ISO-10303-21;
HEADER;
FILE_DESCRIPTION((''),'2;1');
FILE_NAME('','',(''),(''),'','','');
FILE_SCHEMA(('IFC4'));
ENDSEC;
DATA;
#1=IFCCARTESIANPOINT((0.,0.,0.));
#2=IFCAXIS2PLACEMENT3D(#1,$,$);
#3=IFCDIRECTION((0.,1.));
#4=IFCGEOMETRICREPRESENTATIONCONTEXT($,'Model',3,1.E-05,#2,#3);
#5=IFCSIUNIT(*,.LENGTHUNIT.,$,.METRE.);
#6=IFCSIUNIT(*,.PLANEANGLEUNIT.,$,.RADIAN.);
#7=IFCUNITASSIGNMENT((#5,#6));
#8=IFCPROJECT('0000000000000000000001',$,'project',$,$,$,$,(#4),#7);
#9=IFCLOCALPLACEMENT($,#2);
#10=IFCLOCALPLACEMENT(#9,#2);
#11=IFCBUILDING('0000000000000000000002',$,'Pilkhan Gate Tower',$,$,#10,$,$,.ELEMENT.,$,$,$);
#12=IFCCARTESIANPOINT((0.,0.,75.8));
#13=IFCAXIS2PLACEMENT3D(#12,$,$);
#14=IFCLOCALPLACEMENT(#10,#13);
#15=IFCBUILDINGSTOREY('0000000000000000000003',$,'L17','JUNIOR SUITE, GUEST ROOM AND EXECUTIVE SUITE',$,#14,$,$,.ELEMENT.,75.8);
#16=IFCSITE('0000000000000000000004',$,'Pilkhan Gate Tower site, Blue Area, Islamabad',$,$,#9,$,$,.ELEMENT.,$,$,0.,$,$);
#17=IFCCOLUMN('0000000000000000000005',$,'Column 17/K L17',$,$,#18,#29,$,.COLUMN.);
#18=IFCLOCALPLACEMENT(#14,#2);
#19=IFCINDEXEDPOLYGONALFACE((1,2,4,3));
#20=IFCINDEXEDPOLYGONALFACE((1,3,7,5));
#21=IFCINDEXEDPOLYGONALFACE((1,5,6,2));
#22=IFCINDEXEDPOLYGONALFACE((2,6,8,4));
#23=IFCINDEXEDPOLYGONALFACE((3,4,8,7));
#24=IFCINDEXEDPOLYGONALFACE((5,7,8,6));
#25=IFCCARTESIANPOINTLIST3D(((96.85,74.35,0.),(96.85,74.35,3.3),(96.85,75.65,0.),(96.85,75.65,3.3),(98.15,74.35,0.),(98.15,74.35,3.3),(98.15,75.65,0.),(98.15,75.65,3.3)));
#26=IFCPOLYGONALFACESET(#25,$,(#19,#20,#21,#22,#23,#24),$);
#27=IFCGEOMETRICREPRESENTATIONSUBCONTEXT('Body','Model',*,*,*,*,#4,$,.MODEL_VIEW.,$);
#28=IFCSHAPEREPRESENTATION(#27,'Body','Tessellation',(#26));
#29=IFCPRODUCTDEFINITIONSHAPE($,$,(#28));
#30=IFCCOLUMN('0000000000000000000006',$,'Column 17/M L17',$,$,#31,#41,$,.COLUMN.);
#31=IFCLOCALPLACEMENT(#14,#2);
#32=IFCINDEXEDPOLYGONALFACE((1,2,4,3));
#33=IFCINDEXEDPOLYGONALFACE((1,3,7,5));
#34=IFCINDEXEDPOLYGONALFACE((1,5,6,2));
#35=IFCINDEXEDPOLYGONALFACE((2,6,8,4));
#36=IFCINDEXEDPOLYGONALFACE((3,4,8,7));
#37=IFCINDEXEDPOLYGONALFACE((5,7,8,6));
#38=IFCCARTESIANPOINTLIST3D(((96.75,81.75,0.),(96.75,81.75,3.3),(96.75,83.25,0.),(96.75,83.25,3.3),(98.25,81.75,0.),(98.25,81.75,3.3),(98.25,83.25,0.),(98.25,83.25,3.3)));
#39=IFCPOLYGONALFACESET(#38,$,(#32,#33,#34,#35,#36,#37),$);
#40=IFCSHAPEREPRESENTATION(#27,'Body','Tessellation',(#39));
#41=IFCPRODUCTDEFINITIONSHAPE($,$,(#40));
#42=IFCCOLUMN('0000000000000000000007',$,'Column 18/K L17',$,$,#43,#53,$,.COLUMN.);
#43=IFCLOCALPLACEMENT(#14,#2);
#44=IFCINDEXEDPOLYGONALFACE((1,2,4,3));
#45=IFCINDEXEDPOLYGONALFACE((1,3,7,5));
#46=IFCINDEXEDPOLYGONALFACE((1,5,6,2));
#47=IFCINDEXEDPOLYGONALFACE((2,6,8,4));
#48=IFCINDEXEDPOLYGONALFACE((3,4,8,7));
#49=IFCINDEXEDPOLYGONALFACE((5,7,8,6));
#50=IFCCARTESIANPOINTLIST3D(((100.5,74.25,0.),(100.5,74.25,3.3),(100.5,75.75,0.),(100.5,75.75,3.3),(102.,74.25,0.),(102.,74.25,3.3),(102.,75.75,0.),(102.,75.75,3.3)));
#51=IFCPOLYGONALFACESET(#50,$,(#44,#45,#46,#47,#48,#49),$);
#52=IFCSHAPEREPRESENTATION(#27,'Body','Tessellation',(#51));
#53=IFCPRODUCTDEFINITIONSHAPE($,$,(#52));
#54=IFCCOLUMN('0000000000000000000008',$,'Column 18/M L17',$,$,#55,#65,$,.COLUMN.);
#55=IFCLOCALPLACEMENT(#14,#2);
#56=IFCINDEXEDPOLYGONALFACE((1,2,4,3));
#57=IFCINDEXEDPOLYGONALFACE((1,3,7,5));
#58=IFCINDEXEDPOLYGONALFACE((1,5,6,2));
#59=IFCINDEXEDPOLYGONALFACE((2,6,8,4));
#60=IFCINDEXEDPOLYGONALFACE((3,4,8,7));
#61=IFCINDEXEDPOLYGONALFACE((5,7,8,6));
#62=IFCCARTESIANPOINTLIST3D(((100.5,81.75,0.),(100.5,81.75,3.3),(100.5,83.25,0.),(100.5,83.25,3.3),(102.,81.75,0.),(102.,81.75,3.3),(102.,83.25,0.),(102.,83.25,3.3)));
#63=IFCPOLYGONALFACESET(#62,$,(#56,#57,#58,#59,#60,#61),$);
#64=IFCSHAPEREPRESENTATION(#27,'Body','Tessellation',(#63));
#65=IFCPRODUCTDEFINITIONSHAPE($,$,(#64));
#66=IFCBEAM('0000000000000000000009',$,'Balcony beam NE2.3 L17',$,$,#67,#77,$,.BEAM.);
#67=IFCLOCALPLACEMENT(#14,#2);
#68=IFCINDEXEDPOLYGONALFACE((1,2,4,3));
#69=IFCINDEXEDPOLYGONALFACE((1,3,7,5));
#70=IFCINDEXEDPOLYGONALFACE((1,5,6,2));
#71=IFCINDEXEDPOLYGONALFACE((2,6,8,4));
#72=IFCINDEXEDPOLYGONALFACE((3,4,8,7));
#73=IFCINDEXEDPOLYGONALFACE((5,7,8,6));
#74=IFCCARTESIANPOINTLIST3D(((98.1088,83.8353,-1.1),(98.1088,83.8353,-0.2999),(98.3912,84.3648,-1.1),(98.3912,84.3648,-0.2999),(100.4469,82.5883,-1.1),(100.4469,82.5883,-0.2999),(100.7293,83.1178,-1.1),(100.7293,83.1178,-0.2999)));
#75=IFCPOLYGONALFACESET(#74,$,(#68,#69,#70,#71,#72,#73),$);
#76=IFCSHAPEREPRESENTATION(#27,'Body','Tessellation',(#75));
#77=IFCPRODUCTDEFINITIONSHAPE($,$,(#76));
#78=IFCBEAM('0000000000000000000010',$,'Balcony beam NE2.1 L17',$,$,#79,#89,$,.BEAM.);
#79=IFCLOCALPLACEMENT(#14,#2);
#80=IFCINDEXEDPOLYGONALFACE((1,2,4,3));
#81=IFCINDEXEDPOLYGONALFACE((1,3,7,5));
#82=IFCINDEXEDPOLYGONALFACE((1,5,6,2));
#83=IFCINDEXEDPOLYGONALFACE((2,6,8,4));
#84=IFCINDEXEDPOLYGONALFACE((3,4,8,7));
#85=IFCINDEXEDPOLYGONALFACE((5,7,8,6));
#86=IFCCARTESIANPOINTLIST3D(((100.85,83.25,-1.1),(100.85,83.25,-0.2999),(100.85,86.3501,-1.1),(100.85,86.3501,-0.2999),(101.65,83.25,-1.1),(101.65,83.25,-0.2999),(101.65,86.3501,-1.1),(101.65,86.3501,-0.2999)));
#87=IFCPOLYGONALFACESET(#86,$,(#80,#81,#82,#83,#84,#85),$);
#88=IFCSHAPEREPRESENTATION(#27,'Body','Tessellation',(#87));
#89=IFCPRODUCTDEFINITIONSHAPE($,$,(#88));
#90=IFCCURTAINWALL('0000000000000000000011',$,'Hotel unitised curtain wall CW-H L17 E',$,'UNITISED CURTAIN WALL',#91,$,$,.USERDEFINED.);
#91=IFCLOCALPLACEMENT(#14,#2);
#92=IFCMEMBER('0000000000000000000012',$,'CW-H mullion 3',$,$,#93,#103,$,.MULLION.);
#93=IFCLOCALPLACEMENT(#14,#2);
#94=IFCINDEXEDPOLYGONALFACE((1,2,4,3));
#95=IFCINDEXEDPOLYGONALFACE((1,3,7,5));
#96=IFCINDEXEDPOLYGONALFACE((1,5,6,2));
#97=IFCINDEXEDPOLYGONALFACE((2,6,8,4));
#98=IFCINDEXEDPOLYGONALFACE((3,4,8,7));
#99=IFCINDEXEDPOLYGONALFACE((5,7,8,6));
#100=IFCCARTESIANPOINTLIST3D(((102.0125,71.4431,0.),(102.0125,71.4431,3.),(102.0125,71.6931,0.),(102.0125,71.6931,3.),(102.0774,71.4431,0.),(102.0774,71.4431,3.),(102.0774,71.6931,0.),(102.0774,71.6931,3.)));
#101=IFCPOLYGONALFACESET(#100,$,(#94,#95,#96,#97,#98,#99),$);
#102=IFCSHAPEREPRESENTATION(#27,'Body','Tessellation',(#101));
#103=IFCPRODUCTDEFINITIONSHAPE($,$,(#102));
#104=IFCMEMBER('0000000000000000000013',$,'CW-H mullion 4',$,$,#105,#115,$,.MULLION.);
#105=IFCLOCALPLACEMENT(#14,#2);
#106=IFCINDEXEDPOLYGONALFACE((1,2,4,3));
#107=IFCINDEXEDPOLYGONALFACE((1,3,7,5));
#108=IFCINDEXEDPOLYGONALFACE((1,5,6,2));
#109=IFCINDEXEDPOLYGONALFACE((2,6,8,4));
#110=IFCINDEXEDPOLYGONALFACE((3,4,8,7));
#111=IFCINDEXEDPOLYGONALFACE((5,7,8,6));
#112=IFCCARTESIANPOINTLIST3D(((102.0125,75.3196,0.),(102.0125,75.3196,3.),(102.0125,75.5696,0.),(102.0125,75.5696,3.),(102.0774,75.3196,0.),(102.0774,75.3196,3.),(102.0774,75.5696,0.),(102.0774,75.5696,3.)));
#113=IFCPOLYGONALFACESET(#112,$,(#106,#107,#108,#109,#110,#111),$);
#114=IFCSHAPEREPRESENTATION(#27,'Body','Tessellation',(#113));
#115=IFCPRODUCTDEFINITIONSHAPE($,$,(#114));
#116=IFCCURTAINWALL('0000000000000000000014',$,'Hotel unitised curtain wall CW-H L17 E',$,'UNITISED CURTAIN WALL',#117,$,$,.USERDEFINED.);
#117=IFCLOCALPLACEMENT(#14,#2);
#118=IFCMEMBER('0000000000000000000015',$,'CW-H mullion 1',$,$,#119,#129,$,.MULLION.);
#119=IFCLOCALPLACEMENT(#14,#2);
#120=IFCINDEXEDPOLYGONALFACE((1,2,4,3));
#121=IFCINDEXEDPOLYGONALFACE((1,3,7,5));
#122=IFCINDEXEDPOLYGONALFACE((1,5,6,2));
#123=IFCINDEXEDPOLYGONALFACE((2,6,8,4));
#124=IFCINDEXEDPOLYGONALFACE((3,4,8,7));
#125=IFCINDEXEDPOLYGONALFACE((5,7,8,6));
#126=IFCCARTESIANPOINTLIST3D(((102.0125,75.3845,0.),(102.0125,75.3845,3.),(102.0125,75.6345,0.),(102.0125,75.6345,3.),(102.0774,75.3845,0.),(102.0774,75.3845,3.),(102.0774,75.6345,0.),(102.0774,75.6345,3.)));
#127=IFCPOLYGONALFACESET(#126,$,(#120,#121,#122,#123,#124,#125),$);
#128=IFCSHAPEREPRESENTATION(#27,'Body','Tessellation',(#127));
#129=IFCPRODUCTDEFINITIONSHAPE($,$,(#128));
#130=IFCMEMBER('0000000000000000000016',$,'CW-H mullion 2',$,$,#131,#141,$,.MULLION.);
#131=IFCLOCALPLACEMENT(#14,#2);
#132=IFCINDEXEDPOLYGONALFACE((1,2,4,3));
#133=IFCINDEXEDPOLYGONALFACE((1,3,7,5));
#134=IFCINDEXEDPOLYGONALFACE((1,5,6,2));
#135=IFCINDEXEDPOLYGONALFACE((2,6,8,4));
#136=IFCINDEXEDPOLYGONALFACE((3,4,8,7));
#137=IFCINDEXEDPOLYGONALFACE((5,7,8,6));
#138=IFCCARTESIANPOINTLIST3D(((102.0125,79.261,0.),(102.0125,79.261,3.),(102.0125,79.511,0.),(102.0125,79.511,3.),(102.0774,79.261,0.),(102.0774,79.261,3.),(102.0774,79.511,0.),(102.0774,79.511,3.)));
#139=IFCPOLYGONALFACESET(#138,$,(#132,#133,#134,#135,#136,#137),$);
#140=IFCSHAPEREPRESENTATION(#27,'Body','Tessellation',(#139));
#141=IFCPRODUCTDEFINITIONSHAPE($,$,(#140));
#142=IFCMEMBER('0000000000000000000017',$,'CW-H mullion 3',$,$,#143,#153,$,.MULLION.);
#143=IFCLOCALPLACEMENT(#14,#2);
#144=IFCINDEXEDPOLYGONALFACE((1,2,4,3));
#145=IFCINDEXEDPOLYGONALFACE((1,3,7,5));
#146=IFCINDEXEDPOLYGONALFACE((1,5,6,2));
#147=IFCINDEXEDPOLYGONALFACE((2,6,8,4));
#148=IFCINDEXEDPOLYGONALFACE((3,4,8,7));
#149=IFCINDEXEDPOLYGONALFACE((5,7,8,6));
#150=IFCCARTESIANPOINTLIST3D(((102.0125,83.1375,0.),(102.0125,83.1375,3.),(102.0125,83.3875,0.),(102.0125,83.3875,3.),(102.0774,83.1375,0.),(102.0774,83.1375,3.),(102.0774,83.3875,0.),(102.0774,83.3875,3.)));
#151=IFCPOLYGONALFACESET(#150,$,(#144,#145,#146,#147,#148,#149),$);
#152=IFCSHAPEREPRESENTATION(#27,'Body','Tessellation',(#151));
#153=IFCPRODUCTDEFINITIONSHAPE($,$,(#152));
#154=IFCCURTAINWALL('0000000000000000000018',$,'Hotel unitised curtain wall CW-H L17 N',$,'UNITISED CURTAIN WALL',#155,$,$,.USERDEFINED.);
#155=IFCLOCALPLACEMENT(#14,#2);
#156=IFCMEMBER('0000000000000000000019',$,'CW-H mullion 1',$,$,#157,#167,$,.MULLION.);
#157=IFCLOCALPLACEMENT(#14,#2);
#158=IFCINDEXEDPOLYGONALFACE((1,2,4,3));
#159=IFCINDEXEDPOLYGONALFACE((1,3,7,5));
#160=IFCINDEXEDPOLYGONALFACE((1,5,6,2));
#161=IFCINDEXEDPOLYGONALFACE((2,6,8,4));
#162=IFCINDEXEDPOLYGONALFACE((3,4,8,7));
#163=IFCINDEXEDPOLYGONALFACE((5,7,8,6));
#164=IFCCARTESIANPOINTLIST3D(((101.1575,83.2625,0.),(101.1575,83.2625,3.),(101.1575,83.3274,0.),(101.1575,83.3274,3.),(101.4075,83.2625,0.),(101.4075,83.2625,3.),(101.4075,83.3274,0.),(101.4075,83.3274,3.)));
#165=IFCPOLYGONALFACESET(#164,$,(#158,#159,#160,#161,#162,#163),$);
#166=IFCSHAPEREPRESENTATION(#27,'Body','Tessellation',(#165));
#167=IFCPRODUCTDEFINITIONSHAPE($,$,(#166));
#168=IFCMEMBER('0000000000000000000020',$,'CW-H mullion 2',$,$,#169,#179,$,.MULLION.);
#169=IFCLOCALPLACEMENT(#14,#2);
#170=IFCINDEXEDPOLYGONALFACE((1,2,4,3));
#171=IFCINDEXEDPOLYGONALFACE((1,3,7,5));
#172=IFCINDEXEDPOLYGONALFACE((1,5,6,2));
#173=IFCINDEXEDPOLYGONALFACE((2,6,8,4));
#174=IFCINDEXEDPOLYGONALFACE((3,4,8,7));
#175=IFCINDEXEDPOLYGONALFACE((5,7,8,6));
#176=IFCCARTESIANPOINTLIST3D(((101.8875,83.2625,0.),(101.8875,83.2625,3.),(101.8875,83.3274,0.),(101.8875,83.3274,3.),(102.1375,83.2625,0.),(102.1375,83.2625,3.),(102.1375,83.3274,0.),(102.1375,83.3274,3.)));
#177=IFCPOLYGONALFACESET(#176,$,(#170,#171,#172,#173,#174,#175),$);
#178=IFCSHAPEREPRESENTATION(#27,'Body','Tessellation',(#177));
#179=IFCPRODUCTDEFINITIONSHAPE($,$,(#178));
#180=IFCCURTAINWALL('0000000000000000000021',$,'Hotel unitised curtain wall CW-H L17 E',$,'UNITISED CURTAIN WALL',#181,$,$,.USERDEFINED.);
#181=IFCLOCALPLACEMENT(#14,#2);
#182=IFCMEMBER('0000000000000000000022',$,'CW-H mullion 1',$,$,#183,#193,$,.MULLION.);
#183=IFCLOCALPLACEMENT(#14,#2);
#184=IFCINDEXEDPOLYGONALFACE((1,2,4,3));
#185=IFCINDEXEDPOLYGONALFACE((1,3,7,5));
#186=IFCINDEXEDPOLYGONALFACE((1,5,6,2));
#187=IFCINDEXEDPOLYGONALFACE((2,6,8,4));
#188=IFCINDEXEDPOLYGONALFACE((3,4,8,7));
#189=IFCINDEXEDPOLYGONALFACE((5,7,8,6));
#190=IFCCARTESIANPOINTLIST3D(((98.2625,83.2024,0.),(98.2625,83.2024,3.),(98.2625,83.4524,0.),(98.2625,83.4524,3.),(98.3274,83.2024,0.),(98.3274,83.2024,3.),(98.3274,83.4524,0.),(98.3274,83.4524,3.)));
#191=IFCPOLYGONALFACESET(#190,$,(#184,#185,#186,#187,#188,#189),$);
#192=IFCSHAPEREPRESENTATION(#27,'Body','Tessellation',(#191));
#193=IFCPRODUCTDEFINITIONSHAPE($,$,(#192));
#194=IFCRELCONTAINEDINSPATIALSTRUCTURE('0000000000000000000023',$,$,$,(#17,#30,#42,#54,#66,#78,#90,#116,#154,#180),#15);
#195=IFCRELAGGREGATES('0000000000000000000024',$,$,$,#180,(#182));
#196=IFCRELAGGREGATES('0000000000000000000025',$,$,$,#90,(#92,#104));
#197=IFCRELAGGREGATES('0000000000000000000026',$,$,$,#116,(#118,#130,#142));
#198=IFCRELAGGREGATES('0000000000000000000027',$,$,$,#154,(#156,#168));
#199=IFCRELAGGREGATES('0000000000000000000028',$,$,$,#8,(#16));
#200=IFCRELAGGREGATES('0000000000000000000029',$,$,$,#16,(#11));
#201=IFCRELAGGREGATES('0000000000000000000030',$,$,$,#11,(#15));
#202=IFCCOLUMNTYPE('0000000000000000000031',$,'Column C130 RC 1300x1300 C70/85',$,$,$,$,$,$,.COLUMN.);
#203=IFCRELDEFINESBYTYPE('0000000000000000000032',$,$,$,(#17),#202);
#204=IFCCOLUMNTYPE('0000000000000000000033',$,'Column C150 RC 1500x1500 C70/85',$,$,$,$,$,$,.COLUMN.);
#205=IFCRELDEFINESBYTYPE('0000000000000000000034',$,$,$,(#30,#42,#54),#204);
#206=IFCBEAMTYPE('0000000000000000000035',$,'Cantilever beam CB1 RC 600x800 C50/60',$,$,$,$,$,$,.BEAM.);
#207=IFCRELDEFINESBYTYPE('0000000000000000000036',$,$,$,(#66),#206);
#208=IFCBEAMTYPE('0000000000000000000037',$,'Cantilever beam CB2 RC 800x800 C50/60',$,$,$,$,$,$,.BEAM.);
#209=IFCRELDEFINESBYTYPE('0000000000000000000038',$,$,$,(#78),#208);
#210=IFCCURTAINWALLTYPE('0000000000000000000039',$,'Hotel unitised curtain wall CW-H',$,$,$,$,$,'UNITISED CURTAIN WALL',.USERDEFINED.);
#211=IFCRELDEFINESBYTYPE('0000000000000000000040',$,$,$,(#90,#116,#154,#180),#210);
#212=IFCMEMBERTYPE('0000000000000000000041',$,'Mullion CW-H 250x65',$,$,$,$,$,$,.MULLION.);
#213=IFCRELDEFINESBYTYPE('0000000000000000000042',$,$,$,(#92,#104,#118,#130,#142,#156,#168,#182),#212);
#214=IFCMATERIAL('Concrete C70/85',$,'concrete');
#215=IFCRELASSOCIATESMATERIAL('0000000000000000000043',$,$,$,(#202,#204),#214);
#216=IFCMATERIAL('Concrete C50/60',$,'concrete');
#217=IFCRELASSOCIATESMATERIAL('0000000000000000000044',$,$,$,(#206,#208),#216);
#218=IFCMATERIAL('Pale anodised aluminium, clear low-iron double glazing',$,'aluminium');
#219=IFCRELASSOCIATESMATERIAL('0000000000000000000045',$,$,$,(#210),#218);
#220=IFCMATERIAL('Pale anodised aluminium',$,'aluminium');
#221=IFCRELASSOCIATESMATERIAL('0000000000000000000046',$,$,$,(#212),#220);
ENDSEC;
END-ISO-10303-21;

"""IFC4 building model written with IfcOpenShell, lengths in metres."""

from ifc_helpers import new_model, si_unit, direction, frame, origin, origin_2d, place, context, subcontext, project, spatial, rectangle, extrude, material, material_profile, profile_set, type_object, element, aggregate, save


model = new_model("IFC4")

# Units and contexts
model_context = context("Model", 3, precision=1e-05, world=origin(), true_north=direction((0.0, 1.0)))
body_context = subcontext(model_context, "Body", "Model", "MODEL_VIEW")
ifc_project = project(units=[si_unit("LENGTHUNIT", "METRE"), si_unit("PLANEANGLEUNIT", "RADIAN")], contexts=[model_context])

# Site, building, storey
site_placement = place(None, origin())
site = spatial("IfcSite", under=ifc_project, at=site_placement, Name="Pilkhan Gate Tower site, Blue Area, Islamabad", CompositionType="ELEMENT", RefElevation=0.0)
building_placement = place(site_placement, origin())
building = spatial("IfcBuilding", under=site, at=building_placement, Name="Pilkhan Gate Tower", CompositionType="ELEMENT")
storey_placement = place(building_placement, frame((0.0, 0.0, 75.8)))
storey = spatial("IfcBuildingStorey", under=building, at=storey_placement, Name="L17", Description="JUNIOR SUITE, GUEST ROOM AND EXECUTIVE SUITE", CompositionType="ELEMENT", Elevation=75.8)

# Columns
ifc_material_1 = material(Name="Concrete C70/85", Category="concrete")
ifc_material_profile_1 = material_profile(ifc_material_1, rectangle(XDim=1.3, YDim=1.3, at=origin_2d()), Name="RC 1300x1300")
ifc_profile_set_1 = profile_set([ifc_material_profile_1], Name="Concrete C70/85")
column_type_1 = type_object("IfcColumnType", Name="Column C130 RC 1300x1300 C70/85", PredefinedType="COLUMN", material=ifc_profile_set_1)
column_placement = place(storey_placement, frame((97.5, 75.0, 0.0), z_axis=(0.0, 0.0, 1.0), x_axis=(1.0, 0.0, 0.0)))
element("IfcColumn", 1, at=column_placement, inside=storey, type_object=column_type_1, Name="Column 17/K L17", PredefinedType="COLUMN", context=body_context, shape_type="SweptSolid", body=[
    extrude(rectangle(XDim=1.3, YDim=1.3, at=origin_2d()), origin(), (0.0, 0.0, 1.0), 3.3),
])
ifc_material_profile_2 = material_profile(ifc_material_1, rectangle(XDim=1.5, YDim=1.5, at=origin_2d()), Name="RC 1500x1500")
ifc_profile_set_2 = profile_set([ifc_material_profile_2], Name="Concrete C70/85")
column_type_2 = type_object("IfcColumnType", Name="Column C150 RC 1500x1500 C70/85", PredefinedType="COLUMN", material=ifc_profile_set_2)
for number, where, z_axis, x_axis, name in (
    (2, (97.5, 82.5, 0.0), (0.0, 0.0, 1.0), (1.0, 0.0, 0.0), "Column 17/M L17"),
    (3, (101.25, 75.0, 0.0), (0.0, 0.0, 1.0), (1.0, 0.0, 0.0), "Column 18/K L17"),
    (4, (101.25, 82.5, 0.0), (0.0, 0.0, 1.0), (1.0, 0.0, 0.0), "Column 18/M L17"),
):
    element("IfcColumn", number, at=place(storey_placement, frame(where, z_axis=z_axis, x_axis=x_axis)), inside=storey, type_object=column_type_2, Name=name, PredefinedType="COLUMN", context=body_context, shape_type="SweptSolid", body=[
        extrude(rectangle(XDim=1.5, YDim=1.5, at=origin_2d()), origin(), (0.0, 0.0, 1.0), 3.3),
    ])

# Beams
ifc_material_2 = material(Name="Concrete C50/60", Category="concrete")
ifc_material_profile_3 = material_profile(ifc_material_2, rectangle(XDim=0.6001, YDim=0.8, at=origin_2d()), Name="RC 600x800")
ifc_profile_set_3 = profile_set([ifc_material_profile_3], Name="Concrete C50/60")
beam_type_1 = type_object("IfcBeamType", Name="Cantilever beam CB1 RC 600x800 C50/60", PredefinedType="BEAM", material=ifc_profile_set_3)
beam_1_placement = place(storey_placement, frame((100.5881, 82.853, -0.7), z_axis=(-0.882343, 0.470607, 0.0), x_axis=(-0.470607, -0.882343, 0.0)))
element("IfcBeam", 5, at=beam_1_placement, inside=storey, type_object=beam_type_1, Name="Balcony beam NE2.3 L17", PredefinedType="BEAM", context=body_context, shape_type="SweptSolid", body=[
    extrude(rectangle(XDim=0.6001, YDim=0.8, at=origin_2d()), origin(), (0.0, 0.0, 1.0), 2.6499),
])
ifc_material_profile_4 = material_profile(ifc_material_2, rectangle(XDim=0.8, YDim=0.8, at=origin_2d()), Name="RC 800x800")
ifc_profile_set_4 = profile_set([ifc_material_profile_4], Name="Concrete C50/60")
beam_type_2 = type_object("IfcBeamType", Name="Cantilever beam CB2 RC 800x800 C50/60", PredefinedType="BEAM", material=ifc_profile_set_4)
beam_2_placement = place(storey_placement, frame((101.25, 83.25, -0.7), z_axis=(0.0, 1.0, 0.0), x_axis=(-1.0, 0.0, 0.0)))
element("IfcBeam", 6, at=beam_2_placement, inside=storey, type_object=beam_type_2, Name="Balcony beam NE2.1 L17", PredefinedType="BEAM", context=body_context, shape_type="SweptSolid", body=[
    extrude(rectangle(XDim=0.8, YDim=0.8, at=origin_2d()), origin(), (0.0, 0.0, 1.0), 3.1001),
])

# Curtain walls, members
ifc_material_3 = material(Name="Pale anodised aluminium, clear low-iron double glazing", Category="aluminium")
curtain_wall_type = type_object("IfcCurtainWallType", Name="Hotel unitised curtain wall CW-H", ElementType="UNITISED CURTAIN WALL", PredefinedType="USERDEFINED", material=ifc_material_3)
curtain_wall_1_placement = place(storey_placement, origin())
curtain_wall_1 = element("IfcCurtainWall", 7, at=curtain_wall_1_placement, inside=storey, type_object=curtain_wall_type, Name="Hotel unitised curtain wall CW-H L17 E", ObjectType="UNITISED CURTAIN WALL", PredefinedType="USERDEFINED")
ifc_material_4 = material(Name="Pale anodised aluminium", Category="aluminium")
ifc_material_profile_5 = material_profile(ifc_material_4, rectangle(XDim=0.0649, YDim=0.25, at=origin_2d()), Name="Mullion 250x65")
ifc_profile_set_5 = profile_set([ifc_material_profile_5], Name="Pale anodised aluminium")
member_type_1 = type_object("IfcMemberType", Name="Mullion CW-H 250x65", PredefinedType="MULLION", material=ifc_profile_set_5)
member_1_placement = place(storey_placement, frame((102.0449, 71.5681, 0.0), z_axis=(0.0, 0.0, 1.0), x_axis=(-1.0, 0.0, 0.0)))
member_1 = element("IfcMember", 8, at=member_1_placement, type_object=member_type_1, Name="CW-H mullion 3", PredefinedType="MULLION", context=body_context, shape_type="SweptSolid", body=[
    extrude(rectangle(XDim=0.0649, YDim=0.25, at=origin_2d()), origin(), (0.0, 0.0, 1.0), 3.0),
])
member_2_placement = place(storey_placement, frame((102.0449, 75.4446, 0.0), z_axis=(0.0, 0.0, 1.0), x_axis=(-1.0, 0.0, 0.0)))
member_2 = element("IfcMember", 9, at=member_2_placement, type_object=member_type_1, Name="CW-H mullion 4", PredefinedType="MULLION", context=body_context, shape_type="SweptSolid", body=[
    extrude(rectangle(XDim=0.0649, YDim=0.25, at=origin_2d()), origin(), (0.0, 0.0, 1.0), 3.0),
])
curtain_wall_2_placement = place(storey_placement, origin())
curtain_wall_2 = element("IfcCurtainWall", 10, at=curtain_wall_2_placement, inside=storey, type_object=curtain_wall_type, Name="Hotel unitised curtain wall CW-H L17 E", ObjectType="UNITISED CURTAIN WALL", PredefinedType="USERDEFINED")
member_3_placement = place(storey_placement, frame((102.0449, 75.5095, 0.0), z_axis=(0.0, 0.0, 1.0), x_axis=(-1.0, 0.0, 0.0)))
member_3 = element("IfcMember", 11, at=member_3_placement, type_object=member_type_1, Name="CW-H mullion 1", PredefinedType="MULLION", context=body_context, shape_type="SweptSolid", body=[
    extrude(rectangle(XDim=0.0649, YDim=0.25, at=origin_2d()), origin(), (0.0, 0.0, 1.0), 3.0),
])
member_4_placement = place(storey_placement, frame((102.0449, 79.386, 0.0), z_axis=(0.0, 0.0, 1.0), x_axis=(-1.0, 0.0, 0.0)))
member_4 = element("IfcMember", 12, at=member_4_placement, type_object=member_type_1, Name="CW-H mullion 2", PredefinedType="MULLION", context=body_context, shape_type="SweptSolid", body=[
    extrude(rectangle(XDim=0.0649, YDim=0.25, at=origin_2d()), origin(), (0.0, 0.0, 1.0), 3.0),
])
member_5_placement = place(storey_placement, frame((102.0449, 83.2625, 0.0), z_axis=(0.0, 0.0, 1.0), x_axis=(-1.0, 0.0, 0.0)))
member_5 = element("IfcMember", 13, at=member_5_placement, type_object=member_type_1, Name="CW-H mullion 3", PredefinedType="MULLION", context=body_context, shape_type="SweptSolid", body=[
    extrude(rectangle(XDim=0.0649, YDim=0.25, at=origin_2d()), origin(), (0.0, 0.0, 1.0), 3.0),
])
curtain_wall_3_placement = place(storey_placement, origin())
curtain_wall_3 = element("IfcCurtainWall", 14, at=curtain_wall_3_placement, inside=storey, type_object=curtain_wall_type, Name="Hotel unitised curtain wall CW-H L17 N", ObjectType="UNITISED CURTAIN WALL", PredefinedType="USERDEFINED")
member_6_placement = place(storey_placement, frame((101.2825, 83.2949, 0.0), z_axis=(0.0, 0.0, 1.0), x_axis=(0.0, 1.0, 0.0)))
member_6 = element("IfcMember", 15, at=member_6_placement, type_object=member_type_1, Name="CW-H mullion 1", PredefinedType="MULLION", context=body_context, shape_type="SweptSolid", body=[
    extrude(rectangle(XDim=0.0649, YDim=0.25, at=origin_2d()), origin(), (0.0, 0.0, 1.0), 3.0),
])
member_7_placement = place(storey_placement, frame((102.0125, 83.2949, 0.0), z_axis=(0.0, 0.0, 1.0), x_axis=(0.0, 1.0, 0.0)))
member_7 = element("IfcMember", 16, at=member_7_placement, type_object=member_type_1, Name="CW-H mullion 2", PredefinedType="MULLION", context=body_context, shape_type="SweptSolid", body=[
    extrude(rectangle(XDim=0.0649, YDim=0.25, at=origin_2d()), origin(), (0.0, 0.0, 1.0), 3.0),
])

# Curtain wall, member
curtain_wall_4_placement = place(storey_placement, origin())
curtain_wall_4 = element("IfcCurtainWall", 17, at=curtain_wall_4_placement, inside=storey, type_object=curtain_wall_type, Name="Hotel unitised curtain wall CW-H L17 E", ObjectType="UNITISED CURTAIN WALL", PredefinedType="USERDEFINED")
member_8_placement = place(storey_placement, frame((98.2949, 83.3274, 0.0), z_axis=(0.0, 0.0, 1.0), x_axis=(-1.0, 0.0, 0.0)))
member_8 = element("IfcMember", 18, at=member_8_placement, type_object=member_type_1, Name="CW-H mullion 1", PredefinedType="MULLION", context=body_context, shape_type="SweptSolid", body=[
    extrude(rectangle(XDim=0.0649, YDim=0.25, at=origin_2d()), origin(), (0.0, 0.0, 1.0), 3.0),
])

aggregate(curtain_wall_4, [member_8])

aggregate(curtain_wall_1, [member_1, member_2])
aggregate(curtain_wall_2, [member_3, member_4, member_5])
aggregate(curtain_wall_3, [member_6, member_7])

save(model, "model.ifc")
